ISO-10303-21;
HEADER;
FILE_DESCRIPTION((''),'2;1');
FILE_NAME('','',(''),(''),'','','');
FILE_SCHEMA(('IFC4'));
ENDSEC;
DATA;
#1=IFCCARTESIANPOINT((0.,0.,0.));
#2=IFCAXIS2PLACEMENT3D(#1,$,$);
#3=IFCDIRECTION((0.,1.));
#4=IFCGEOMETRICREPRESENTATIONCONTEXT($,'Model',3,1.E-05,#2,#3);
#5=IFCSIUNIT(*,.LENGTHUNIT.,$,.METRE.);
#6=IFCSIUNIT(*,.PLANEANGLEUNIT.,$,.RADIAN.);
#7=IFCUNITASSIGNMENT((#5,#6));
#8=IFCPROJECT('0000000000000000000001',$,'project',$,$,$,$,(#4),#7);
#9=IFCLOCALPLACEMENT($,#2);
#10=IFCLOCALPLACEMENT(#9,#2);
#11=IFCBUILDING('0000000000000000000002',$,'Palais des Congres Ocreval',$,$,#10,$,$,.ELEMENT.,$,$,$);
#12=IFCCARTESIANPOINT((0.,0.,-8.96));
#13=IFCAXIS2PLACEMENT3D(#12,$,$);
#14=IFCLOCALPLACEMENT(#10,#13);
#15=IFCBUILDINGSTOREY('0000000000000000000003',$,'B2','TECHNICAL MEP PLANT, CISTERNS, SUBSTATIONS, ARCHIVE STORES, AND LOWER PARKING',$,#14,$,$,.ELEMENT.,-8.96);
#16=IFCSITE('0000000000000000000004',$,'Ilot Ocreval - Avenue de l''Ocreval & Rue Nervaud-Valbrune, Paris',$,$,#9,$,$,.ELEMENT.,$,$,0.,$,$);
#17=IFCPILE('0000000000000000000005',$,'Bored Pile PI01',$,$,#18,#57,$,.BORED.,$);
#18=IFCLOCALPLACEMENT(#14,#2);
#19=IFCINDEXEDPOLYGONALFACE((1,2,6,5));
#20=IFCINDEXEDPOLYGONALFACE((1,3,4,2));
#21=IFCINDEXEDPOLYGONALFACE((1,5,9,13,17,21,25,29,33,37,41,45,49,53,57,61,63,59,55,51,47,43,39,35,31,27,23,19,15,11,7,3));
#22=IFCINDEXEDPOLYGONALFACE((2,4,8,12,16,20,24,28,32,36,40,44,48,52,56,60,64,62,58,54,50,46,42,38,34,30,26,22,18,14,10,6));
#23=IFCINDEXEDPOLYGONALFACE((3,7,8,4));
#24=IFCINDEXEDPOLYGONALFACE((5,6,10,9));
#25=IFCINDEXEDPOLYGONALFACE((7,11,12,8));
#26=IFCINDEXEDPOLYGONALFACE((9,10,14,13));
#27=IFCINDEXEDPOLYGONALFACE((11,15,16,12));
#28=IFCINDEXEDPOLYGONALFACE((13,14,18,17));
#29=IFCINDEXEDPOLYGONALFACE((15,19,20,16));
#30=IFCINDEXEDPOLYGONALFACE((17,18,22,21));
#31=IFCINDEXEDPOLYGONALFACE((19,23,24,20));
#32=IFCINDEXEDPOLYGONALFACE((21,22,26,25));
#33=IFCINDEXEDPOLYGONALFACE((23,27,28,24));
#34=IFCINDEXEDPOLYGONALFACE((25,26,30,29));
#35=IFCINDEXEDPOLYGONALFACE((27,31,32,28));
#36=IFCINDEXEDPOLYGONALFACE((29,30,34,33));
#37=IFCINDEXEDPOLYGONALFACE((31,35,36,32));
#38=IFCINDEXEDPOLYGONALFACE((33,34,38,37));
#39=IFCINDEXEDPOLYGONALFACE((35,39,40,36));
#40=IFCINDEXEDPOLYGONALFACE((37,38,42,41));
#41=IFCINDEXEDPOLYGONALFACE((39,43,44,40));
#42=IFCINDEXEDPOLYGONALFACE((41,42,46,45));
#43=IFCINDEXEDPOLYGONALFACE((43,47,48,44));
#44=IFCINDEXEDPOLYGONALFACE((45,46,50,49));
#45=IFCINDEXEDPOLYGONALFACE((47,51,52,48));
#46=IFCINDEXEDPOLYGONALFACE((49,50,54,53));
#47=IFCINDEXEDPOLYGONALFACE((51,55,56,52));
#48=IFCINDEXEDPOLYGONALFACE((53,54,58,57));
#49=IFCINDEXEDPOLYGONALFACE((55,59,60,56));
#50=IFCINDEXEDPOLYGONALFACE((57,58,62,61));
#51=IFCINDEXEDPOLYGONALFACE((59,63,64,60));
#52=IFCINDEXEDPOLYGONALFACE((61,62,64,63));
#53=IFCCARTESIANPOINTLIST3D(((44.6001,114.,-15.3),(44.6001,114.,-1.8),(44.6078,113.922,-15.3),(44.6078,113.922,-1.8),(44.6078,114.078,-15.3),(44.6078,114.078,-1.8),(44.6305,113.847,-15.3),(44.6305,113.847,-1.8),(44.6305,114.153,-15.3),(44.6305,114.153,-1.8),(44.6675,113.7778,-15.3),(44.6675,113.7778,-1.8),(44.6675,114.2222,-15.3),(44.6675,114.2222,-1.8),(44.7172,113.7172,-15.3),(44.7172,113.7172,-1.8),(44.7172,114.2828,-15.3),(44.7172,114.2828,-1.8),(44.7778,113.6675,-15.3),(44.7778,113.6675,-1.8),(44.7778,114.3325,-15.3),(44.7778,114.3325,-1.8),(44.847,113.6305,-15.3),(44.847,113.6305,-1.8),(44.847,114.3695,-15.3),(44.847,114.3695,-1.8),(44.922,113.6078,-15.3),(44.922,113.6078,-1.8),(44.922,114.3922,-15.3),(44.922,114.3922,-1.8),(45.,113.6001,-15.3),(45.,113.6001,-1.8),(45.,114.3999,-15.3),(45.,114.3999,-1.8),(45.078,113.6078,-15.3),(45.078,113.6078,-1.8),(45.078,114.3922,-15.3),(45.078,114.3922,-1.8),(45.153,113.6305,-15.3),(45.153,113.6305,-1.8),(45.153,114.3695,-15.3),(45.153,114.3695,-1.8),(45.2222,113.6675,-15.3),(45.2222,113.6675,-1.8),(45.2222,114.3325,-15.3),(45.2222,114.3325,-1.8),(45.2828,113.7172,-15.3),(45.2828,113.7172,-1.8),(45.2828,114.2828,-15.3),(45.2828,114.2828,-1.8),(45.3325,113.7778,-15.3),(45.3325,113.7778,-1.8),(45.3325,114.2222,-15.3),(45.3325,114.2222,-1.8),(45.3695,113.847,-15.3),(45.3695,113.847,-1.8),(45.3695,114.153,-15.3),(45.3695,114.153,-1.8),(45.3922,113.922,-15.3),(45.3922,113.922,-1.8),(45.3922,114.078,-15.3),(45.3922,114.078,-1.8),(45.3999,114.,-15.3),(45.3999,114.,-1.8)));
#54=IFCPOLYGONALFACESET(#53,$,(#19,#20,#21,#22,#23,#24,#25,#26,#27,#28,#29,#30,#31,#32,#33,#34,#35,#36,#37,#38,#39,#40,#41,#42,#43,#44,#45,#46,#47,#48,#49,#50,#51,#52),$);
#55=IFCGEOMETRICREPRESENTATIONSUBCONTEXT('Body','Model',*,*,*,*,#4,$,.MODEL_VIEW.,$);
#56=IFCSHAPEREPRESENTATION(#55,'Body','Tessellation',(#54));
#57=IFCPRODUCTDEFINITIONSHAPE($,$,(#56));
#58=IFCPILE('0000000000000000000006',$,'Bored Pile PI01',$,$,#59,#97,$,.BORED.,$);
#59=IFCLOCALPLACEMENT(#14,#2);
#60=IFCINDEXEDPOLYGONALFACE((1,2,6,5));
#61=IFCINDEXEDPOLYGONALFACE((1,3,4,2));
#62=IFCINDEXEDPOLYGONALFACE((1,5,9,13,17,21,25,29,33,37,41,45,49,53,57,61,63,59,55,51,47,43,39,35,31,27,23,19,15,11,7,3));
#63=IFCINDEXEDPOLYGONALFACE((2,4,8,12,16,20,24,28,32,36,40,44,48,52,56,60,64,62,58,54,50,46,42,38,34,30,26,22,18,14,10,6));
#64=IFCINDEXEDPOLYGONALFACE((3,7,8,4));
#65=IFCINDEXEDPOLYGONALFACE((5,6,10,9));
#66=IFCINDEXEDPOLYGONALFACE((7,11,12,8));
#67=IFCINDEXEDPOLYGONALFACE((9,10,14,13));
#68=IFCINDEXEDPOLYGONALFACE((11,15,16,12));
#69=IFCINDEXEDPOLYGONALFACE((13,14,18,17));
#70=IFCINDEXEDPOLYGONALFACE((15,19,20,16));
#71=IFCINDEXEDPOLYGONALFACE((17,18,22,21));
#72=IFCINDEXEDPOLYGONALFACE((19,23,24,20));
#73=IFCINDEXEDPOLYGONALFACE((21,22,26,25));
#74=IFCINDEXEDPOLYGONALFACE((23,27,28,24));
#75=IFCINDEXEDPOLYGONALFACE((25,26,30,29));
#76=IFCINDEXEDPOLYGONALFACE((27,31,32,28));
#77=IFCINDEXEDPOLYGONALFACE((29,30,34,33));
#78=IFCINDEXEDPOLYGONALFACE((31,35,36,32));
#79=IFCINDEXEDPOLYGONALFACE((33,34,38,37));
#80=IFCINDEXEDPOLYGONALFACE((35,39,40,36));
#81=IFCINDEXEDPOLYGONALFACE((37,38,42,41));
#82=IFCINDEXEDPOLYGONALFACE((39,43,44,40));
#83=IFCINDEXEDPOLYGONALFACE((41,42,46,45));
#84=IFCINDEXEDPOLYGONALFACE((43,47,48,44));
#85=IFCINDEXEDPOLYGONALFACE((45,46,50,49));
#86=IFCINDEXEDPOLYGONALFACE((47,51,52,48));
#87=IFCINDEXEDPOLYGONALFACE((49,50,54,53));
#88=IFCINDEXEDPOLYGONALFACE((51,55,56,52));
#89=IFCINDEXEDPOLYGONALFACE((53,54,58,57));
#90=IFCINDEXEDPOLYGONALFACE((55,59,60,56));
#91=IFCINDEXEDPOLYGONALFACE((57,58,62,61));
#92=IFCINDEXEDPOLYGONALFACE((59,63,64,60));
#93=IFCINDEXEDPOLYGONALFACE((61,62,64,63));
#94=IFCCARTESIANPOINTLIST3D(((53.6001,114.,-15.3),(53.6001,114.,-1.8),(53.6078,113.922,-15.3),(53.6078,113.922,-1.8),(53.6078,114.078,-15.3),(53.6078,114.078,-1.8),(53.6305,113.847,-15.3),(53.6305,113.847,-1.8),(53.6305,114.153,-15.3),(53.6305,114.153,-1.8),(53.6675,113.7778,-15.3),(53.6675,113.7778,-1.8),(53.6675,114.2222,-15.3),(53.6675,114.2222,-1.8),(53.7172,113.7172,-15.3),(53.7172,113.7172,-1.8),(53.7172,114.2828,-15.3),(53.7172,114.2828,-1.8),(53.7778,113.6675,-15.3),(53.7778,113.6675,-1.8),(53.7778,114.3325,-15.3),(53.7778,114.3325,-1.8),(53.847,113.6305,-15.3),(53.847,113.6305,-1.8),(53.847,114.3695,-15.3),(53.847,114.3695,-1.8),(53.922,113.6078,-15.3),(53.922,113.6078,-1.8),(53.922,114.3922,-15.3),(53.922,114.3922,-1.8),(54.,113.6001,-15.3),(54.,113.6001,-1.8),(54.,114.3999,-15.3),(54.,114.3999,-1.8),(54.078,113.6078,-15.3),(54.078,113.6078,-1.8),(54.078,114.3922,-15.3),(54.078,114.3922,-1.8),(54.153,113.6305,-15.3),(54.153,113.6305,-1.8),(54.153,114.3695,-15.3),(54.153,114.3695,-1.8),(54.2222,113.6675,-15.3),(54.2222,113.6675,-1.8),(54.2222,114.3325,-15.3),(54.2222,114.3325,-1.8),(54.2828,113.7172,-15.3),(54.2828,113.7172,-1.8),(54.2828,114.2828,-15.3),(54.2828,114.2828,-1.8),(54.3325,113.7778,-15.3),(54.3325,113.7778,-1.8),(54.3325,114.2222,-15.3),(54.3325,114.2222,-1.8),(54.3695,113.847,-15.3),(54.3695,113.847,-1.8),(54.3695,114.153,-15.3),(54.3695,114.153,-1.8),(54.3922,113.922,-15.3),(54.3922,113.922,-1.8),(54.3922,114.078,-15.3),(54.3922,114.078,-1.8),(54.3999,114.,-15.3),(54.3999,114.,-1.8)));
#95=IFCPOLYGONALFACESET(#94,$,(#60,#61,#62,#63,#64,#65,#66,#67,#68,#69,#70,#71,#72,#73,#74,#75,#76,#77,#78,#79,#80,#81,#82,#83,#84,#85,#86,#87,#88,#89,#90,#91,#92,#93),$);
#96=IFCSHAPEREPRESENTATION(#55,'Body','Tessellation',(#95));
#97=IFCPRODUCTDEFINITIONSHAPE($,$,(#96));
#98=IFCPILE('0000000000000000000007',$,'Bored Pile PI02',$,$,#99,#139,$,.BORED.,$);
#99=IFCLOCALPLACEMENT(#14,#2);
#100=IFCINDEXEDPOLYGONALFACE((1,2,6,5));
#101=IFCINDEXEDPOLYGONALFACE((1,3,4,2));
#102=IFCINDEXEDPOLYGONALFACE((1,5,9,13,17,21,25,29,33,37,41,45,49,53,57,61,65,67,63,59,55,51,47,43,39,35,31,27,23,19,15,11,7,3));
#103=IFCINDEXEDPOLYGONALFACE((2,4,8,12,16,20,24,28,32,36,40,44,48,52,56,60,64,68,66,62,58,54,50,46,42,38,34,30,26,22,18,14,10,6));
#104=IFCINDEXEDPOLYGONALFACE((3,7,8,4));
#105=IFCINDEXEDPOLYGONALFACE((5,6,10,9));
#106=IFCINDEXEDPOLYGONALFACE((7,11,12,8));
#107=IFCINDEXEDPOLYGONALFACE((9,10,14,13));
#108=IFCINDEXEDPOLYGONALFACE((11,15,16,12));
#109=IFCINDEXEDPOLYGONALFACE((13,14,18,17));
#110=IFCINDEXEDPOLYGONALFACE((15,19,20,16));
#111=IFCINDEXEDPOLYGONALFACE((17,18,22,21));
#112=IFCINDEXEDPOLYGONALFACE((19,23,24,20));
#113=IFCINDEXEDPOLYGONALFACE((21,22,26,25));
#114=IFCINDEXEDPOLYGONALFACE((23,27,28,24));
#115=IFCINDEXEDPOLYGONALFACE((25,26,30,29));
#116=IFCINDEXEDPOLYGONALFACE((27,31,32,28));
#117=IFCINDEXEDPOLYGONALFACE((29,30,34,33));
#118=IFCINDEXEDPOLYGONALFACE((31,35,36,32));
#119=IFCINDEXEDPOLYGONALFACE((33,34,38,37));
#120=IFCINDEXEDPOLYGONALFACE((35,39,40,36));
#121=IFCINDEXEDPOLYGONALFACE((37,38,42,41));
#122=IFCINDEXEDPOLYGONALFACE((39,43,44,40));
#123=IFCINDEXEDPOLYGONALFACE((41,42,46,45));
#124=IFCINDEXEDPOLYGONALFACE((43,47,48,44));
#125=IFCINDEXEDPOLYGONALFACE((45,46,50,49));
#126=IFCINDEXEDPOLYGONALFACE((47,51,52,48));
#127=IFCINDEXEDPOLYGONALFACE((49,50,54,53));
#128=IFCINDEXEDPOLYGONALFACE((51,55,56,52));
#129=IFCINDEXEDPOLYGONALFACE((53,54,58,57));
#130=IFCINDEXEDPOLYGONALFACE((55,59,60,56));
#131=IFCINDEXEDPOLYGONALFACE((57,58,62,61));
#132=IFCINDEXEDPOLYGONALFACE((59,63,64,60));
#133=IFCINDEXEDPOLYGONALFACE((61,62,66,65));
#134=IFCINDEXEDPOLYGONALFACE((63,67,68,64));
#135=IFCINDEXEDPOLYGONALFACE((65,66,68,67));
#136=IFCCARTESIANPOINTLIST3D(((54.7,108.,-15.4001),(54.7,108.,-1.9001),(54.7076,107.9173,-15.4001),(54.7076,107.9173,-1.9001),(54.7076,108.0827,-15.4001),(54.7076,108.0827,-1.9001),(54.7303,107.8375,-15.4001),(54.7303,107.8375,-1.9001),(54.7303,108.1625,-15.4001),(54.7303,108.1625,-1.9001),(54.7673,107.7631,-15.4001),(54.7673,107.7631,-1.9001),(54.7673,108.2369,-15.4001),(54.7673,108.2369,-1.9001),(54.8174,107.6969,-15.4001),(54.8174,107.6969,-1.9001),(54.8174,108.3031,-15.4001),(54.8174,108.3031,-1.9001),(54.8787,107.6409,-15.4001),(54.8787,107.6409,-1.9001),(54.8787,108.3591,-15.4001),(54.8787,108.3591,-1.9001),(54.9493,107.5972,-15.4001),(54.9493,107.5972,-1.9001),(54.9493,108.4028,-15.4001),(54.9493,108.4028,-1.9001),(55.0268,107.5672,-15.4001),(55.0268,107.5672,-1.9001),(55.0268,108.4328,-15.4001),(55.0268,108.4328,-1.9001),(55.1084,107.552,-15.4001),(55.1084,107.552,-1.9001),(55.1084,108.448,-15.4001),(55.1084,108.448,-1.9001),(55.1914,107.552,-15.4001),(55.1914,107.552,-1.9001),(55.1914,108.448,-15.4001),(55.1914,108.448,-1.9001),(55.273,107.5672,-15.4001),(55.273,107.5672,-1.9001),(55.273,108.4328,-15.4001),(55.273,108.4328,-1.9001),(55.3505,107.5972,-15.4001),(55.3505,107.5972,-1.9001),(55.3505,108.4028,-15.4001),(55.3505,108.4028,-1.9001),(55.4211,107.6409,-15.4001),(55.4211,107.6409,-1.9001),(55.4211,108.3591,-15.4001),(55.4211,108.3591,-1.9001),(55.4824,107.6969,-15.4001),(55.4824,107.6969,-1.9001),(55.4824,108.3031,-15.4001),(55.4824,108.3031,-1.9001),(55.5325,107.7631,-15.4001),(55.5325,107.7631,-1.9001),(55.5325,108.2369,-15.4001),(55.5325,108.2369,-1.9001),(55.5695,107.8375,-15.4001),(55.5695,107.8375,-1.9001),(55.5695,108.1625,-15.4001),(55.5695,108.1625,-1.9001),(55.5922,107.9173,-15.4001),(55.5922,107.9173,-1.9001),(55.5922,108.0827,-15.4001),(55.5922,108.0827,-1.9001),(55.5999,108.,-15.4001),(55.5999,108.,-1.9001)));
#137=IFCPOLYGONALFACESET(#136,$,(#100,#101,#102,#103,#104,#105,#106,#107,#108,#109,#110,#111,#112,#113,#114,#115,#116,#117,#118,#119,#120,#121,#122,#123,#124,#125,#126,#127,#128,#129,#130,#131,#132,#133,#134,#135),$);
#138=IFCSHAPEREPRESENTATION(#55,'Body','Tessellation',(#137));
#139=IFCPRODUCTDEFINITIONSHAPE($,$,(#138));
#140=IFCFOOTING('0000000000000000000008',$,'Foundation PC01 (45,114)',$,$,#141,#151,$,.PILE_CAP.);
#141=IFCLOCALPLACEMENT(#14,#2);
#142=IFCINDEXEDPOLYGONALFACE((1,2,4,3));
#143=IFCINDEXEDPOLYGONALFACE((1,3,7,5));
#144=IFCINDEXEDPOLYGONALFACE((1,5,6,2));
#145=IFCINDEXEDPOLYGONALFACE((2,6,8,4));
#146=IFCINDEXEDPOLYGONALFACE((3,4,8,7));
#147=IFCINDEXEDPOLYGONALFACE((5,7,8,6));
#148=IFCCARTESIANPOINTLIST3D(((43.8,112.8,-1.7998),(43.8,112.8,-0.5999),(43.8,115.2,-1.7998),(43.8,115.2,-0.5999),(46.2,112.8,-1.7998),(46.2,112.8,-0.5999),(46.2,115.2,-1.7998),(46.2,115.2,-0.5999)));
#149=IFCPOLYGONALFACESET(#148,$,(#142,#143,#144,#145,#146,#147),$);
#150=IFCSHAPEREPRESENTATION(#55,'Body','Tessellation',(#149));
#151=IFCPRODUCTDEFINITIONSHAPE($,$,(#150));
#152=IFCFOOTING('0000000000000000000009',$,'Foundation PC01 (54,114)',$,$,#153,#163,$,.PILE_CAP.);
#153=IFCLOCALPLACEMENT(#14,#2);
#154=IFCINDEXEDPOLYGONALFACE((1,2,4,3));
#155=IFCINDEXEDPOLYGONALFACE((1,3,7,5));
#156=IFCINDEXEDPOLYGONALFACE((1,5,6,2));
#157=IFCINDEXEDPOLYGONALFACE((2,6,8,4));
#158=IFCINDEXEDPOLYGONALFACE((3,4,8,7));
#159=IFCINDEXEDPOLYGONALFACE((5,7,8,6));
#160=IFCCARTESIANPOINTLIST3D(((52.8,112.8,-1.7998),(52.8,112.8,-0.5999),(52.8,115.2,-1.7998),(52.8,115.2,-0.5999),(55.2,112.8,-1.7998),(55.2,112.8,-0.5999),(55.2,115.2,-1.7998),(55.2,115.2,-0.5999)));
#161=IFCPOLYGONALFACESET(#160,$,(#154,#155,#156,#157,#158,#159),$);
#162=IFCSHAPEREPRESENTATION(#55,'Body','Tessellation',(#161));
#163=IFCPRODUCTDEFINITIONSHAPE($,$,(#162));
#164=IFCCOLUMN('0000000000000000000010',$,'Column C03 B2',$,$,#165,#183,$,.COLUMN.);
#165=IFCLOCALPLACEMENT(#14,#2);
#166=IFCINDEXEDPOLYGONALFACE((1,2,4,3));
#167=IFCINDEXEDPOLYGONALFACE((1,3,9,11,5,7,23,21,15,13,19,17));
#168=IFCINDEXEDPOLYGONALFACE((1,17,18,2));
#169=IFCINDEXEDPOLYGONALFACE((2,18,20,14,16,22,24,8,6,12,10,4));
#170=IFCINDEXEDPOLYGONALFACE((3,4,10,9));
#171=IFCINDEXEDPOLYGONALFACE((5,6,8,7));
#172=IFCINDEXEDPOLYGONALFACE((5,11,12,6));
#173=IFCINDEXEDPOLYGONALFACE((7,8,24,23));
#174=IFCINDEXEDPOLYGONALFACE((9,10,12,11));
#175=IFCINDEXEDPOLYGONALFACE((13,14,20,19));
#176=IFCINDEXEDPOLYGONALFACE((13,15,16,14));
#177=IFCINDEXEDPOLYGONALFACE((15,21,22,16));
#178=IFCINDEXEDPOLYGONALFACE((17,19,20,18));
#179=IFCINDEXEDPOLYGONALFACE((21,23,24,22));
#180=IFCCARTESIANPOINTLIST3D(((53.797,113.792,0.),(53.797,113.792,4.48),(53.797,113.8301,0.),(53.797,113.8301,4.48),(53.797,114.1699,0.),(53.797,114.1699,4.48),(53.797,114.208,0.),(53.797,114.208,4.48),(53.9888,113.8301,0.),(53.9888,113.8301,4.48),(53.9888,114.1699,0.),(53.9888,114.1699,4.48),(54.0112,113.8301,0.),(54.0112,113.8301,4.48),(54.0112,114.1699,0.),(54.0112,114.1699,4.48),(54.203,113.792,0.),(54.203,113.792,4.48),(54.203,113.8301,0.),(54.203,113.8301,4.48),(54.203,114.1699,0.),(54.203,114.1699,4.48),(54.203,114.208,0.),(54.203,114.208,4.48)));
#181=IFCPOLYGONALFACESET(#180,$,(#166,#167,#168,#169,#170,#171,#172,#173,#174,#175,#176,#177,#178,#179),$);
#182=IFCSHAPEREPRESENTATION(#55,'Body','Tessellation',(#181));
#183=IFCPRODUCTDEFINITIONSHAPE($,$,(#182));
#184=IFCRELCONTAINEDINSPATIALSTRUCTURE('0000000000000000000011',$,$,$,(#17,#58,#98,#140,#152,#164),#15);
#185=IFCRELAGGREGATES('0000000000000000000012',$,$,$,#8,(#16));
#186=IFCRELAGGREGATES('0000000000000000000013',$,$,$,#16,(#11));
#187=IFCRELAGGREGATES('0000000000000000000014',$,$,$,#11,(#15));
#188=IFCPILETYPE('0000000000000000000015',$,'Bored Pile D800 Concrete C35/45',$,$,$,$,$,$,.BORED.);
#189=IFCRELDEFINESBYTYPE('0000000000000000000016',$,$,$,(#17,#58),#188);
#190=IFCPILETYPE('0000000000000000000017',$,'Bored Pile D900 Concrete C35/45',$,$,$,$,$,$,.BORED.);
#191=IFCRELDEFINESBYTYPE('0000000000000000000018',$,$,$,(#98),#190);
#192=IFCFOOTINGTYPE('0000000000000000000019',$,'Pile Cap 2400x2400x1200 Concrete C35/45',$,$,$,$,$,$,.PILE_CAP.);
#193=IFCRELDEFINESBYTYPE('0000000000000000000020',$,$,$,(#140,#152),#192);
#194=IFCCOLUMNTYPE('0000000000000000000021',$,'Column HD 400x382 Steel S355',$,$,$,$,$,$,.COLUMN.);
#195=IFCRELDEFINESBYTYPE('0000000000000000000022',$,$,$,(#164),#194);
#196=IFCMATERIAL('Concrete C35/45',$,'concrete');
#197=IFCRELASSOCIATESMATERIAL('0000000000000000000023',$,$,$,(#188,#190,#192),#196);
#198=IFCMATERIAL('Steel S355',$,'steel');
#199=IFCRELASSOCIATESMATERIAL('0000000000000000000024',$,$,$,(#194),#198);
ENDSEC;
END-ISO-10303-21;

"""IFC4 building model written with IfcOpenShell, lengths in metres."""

from ifc_helpers import new_model, si_unit, direction, frame, origin, origin_2d, place, context, subcontext, project, spatial, rectangle, circle, i_section, extrude, material, material_profile, profile_set, type_object, element, save


model = new_model("IFC4")

# Units and contexts
model_context = context("Model", 3, precision=1e-05, world=origin(), true_north=direction((0.0, 1.0)))
body_context = subcontext(model_context, "Body", "Model", "MODEL_VIEW")
ifc_project = project(units=[si_unit("LENGTHUNIT", "METRE"), si_unit("PLANEANGLEUNIT", "RADIAN")], contexts=[model_context])

# Site, building, storey
site_placement = place(None, origin())
site = spatial("IfcSite", under=ifc_project, at=site_placement, Name="Ilot Ocreval - Avenue de l'Ocreval & Rue Nervaud-Valbrune, Paris", CompositionType="ELEMENT", RefElevation=0.0)
building_placement = place(site_placement, origin())
building = spatial("IfcBuilding", under=site, at=building_placement, Name="Palais des Congres Ocreval", CompositionType="ELEMENT")
storey_placement = place(building_placement, frame((0.0, 0.0, -8.96)))
storey = spatial("IfcBuildingStorey", under=building, at=storey_placement, Name="B2", Description="TECHNICAL MEP PLANT, CISTERNS, SUBSTATIONS, ARCHIVE STORES, AND LOWER PARKING", CompositionType="ELEMENT", Elevation=-8.96)

# Piles
ifc_material_1 = material(Name="Concrete C35/45", Category="concrete")
ifc_material_profile_1 = material_profile(ifc_material_1, circle(Radius=0.3999, at=origin_2d()), Name="BORED PILE 800")
ifc_profile_set_1 = profile_set([ifc_material_profile_1], Name="Concrete C35/45")
pile_type_1 = type_object("IfcPileType", Name="Bored Pile D800 Concrete C35/45", PredefinedType="BORED", material=ifc_profile_set_1)
for number, where, z_axis, x_axis, name in (
    (1, (45.0, 114.0, -1.8), (0.0, 0.0, -1.0), (1.0, 0.0, 0.0), "Bored Pile PI01"),
    (2, (54.0, 114.0, -1.8), (0.0, 0.0, -1.0), (1.0, 0.0, 0.0), "Bored Pile PI01"),
):
    element("IfcPile", number, at=place(storey_placement, frame(where, z_axis=z_axis, x_axis=x_axis)), inside=storey, type_object=pile_type_1, Name=name, PredefinedType="BORED", context=body_context, shape_type="SweptSolid", body=[
        extrude(circle(Radius=0.3999, at=origin_2d()), origin(), (0.0, 0.0, 1.0), 13.5),
    ])
ifc_material_profile_2 = material_profile(ifc_material_1, circle(Radius=0.45, at=origin_2d()), Name="BORED PILE 900")
ifc_profile_set_2 = profile_set([ifc_material_profile_2], Name="Concrete C35/45")
pile_type_2 = type_object("IfcPileType", Name="Bored Pile D900 Concrete C35/45", PredefinedType="BORED", material=ifc_profile_set_2)
pile_placement = place(storey_placement, frame((55.1499, 108.0, -1.9001), z_axis=(0.0, 0.0, -1.0), x_axis=(1.0, 0.0, 0.0)))
element("IfcPile", 3, at=pile_placement, inside=storey, type_object=pile_type_2, Name="Bored Pile PI02", PredefinedType="BORED", context=body_context, shape_type="SweptSolid", body=[
    extrude(circle(Radius=0.45, at=origin_2d()), origin(), (0.0, 0.0, 1.0), 13.5),
])

# Footings
footing_type = type_object("IfcFootingType", Name="Pile Cap 2400x2400x1200 Concrete C35/45", PredefinedType="PILE_CAP", material=ifc_material_1)
for number, where, z_axis, x_axis, name in (
    (4, (45.0, 114.0, -1.7998), (0.0, 0.0, 1.0), (1.0, 0.0, 0.0), "Foundation PC01 (45,114)"),
    (5, (54.0, 114.0, -1.7998), (0.0, 0.0, 1.0), (1.0, 0.0, 0.0), "Foundation PC01 (54,114)"),
):
    element("IfcFooting", number, at=place(storey_placement, frame(where, z_axis=z_axis, x_axis=x_axis)), inside=storey, type_object=footing_type, Name=name, PredefinedType="PILE_CAP", context=body_context, shape_type="SweptSolid", body=[
        extrude(rectangle(XDim=2.3999, YDim=2.3999, at=origin_2d()), origin(), (0.0, 0.0, 1.0), 1.2),
    ])

# Column
ifc_material_2 = material(Name="Steel S355", Category="steel")
ifc_material_profile_3 = material_profile(ifc_material_2, i_section(OverallWidth=0.406, OverallDepth=0.416, WebThickness=0.0225, FlangeThickness=0.0381, at=origin_2d()), Name="HD 400x382")
ifc_profile_set_3 = profile_set([ifc_material_profile_3], Name="Steel S355")
column_type_1 = type_object("IfcColumnType", Name="Column HD 400x382 Steel S355", PredefinedType="COLUMN", material=ifc_profile_set_3)
column_1_placement = place(storey_placement, frame((54.0, 114.0, 0.0), z_axis=(0.0, 0.0, 1.0), x_axis=(1.0, 0.0, 0.0)))
element("IfcColumn", 6, at=column_1_placement, inside=storey, type_object=column_type_1, Name="Column C03 B2", PredefinedType="COLUMN", context=body_context, shape_type="SweptSolid", body=[
    extrude(i_section(OverallWidth=0.406, OverallDepth=0.416, WebThickness=0.0225, FlangeThickness=0.0381, at=origin_2d()), origin(), (0.0, 0.0, 1.0), 4.48),
])

save(model, "model.ifc")
